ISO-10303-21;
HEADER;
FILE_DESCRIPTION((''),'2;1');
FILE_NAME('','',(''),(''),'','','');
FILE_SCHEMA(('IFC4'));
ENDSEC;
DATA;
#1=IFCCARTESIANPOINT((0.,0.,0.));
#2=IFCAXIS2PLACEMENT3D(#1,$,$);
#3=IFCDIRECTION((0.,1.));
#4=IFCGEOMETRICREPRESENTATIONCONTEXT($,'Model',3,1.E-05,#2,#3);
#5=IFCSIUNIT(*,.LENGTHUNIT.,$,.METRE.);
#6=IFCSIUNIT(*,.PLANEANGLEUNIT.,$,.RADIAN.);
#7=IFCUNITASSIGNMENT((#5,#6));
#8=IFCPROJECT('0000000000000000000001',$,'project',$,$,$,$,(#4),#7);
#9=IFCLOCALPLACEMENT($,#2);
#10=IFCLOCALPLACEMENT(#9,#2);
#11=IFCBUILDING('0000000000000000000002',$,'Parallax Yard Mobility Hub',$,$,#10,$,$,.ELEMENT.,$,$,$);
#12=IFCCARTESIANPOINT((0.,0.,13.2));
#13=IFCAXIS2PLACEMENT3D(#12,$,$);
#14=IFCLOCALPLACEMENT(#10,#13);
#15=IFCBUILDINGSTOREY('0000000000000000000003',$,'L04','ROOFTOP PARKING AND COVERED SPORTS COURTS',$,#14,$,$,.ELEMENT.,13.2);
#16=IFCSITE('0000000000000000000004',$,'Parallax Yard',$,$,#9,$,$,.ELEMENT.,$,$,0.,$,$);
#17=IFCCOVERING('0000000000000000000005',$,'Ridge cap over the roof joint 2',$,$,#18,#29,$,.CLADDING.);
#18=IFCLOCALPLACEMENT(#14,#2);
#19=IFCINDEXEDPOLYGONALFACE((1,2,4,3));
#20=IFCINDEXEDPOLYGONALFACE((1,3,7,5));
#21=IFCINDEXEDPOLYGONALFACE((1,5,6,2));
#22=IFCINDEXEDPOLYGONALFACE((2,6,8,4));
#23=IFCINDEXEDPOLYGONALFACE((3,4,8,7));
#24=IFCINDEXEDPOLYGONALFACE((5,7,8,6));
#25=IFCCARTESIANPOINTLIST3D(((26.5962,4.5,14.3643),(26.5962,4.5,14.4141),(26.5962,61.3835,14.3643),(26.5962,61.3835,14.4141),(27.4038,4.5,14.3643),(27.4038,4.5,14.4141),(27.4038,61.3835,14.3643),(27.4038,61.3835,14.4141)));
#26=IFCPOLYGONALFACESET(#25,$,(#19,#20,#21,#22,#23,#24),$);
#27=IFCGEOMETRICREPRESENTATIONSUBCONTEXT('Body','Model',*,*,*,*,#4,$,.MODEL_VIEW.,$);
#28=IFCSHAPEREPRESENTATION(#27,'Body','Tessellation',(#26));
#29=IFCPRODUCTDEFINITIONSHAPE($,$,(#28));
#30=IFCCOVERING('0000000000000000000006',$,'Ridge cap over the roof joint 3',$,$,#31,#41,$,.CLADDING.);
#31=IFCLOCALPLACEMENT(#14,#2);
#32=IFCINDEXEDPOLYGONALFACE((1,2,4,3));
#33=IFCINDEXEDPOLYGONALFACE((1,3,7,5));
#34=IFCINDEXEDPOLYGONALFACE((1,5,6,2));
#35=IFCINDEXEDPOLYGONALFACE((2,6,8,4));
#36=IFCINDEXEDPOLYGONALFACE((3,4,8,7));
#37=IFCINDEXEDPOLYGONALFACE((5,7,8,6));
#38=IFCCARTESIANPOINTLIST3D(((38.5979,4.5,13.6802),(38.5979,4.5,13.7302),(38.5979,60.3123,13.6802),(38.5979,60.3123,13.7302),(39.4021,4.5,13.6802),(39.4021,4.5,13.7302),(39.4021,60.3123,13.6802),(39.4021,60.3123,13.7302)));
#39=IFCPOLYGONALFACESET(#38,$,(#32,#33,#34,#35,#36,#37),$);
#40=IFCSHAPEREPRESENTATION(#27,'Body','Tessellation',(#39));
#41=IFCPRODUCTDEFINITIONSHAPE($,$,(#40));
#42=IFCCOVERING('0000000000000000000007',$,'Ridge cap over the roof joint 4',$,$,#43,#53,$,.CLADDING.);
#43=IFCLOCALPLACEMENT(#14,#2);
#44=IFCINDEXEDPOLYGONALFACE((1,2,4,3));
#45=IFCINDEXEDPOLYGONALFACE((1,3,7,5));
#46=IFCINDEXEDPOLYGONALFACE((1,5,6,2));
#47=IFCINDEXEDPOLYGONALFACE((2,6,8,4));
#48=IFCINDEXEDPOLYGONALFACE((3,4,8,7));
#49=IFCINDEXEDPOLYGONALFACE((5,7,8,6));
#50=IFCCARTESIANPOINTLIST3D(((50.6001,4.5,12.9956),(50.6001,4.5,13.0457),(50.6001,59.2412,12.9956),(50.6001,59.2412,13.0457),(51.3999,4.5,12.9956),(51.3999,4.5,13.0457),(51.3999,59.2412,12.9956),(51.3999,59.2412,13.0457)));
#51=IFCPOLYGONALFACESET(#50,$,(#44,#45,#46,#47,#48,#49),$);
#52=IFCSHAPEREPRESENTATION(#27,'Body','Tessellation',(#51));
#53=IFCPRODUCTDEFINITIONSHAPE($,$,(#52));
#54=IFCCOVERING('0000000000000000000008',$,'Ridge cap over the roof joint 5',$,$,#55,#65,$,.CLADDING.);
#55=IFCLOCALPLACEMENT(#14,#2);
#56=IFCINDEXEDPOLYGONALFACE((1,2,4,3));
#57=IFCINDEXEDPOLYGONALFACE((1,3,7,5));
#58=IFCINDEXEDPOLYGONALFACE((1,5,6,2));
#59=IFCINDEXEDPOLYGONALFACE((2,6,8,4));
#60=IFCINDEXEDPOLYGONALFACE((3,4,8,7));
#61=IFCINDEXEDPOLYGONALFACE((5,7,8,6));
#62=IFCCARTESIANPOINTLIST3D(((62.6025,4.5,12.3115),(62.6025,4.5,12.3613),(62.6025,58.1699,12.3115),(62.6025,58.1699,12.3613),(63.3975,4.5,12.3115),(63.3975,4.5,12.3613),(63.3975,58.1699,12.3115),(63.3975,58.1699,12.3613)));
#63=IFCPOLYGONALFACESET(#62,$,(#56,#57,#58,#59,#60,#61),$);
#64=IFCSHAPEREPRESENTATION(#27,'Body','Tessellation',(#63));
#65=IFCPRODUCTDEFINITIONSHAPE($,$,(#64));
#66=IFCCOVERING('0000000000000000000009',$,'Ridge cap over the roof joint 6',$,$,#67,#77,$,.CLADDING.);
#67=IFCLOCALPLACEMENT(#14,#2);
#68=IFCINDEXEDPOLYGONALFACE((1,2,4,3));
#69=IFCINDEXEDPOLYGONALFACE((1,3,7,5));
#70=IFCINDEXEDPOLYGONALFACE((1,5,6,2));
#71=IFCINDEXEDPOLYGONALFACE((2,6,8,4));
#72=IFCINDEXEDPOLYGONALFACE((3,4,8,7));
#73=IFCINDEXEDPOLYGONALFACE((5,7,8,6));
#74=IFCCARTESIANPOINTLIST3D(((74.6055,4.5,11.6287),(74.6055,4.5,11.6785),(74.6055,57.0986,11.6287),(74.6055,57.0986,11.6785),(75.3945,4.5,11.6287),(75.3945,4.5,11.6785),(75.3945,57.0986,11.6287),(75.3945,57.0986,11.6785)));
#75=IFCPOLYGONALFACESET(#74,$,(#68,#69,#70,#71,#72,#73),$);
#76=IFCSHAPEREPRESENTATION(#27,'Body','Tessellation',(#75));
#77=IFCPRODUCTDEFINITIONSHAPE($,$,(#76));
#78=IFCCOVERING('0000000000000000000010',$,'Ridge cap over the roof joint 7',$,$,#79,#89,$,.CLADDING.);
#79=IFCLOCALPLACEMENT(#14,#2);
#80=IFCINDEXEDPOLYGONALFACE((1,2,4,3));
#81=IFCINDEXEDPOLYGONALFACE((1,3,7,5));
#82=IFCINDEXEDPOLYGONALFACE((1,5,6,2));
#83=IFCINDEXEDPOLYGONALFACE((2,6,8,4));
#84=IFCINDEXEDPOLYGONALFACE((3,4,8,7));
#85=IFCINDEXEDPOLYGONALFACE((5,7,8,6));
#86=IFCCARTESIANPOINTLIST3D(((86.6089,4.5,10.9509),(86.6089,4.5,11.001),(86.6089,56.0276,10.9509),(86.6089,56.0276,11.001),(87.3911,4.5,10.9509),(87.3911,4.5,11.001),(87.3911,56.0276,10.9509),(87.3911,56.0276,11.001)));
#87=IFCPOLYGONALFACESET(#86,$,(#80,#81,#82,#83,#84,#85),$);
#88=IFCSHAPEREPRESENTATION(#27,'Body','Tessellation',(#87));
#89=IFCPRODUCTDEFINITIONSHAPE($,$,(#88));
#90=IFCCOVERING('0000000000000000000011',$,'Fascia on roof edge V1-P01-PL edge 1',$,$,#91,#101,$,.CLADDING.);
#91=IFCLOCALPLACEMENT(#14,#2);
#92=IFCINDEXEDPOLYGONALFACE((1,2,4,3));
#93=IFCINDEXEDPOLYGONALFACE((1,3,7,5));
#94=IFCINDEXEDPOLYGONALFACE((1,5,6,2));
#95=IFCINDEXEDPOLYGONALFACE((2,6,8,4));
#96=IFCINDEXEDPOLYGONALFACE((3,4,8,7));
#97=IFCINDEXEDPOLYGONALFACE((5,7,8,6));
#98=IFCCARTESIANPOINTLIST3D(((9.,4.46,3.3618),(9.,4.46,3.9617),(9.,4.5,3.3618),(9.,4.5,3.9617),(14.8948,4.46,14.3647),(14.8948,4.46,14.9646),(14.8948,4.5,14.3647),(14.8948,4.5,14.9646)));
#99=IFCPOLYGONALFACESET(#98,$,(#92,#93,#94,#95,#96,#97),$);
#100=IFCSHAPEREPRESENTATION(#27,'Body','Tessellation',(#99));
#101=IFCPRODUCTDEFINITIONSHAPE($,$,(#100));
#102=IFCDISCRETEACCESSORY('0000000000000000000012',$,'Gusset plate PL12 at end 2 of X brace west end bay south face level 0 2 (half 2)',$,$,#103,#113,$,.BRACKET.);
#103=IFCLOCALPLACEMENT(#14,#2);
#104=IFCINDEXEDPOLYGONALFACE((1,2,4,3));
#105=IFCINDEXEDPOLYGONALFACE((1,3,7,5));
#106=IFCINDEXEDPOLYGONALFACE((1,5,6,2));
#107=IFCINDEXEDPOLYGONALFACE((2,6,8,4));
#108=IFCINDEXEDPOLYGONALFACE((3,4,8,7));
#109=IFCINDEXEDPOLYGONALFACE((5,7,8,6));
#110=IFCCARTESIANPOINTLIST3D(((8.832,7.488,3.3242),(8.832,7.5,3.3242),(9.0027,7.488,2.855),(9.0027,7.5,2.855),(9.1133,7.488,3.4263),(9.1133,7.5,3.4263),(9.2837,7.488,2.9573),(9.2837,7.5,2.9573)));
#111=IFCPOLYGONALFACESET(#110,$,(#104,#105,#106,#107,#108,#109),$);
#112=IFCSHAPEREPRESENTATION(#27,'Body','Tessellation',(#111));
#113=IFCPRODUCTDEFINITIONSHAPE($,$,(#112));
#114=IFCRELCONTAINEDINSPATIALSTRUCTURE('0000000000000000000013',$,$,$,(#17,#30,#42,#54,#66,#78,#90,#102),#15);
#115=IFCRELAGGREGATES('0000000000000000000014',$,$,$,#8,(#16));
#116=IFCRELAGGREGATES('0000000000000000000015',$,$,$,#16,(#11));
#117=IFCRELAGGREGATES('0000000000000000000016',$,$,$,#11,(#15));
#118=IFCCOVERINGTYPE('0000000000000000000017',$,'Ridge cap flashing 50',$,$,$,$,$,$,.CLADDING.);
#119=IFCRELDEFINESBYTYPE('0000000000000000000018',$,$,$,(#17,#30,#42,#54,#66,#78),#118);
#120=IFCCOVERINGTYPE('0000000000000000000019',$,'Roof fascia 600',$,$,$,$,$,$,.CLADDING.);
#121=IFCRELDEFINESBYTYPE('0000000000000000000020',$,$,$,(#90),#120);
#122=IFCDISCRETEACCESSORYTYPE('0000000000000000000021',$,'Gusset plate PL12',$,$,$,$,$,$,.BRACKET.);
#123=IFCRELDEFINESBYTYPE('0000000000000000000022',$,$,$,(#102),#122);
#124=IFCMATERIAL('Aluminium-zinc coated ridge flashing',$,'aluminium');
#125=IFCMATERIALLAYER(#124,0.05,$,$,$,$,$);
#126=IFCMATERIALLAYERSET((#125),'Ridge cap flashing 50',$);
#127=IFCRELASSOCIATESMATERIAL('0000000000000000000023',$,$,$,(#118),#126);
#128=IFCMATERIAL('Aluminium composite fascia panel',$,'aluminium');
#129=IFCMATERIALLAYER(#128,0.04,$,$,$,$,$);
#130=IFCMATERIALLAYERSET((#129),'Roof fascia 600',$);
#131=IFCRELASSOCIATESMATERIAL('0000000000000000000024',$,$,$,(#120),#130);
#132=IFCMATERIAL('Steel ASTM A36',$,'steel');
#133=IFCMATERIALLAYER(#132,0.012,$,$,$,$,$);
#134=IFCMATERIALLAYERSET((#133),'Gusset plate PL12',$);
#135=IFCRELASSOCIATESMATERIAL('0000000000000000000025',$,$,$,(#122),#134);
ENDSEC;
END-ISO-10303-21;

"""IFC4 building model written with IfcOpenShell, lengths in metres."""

from ifc_helpers import new_model, si_unit, direction, frame, origin, place, context, subcontext, project, spatial, polyline, outline, extrude, material, layer, layer_set, type_object, element, save


model = new_model("IFC4")

# Units and contexts
model_context = context("Model", 3, precision=1e-05, world=origin(), true_north=direction((0.0, 1.0)))
body_context = subcontext(model_context, "Body", "Model", "MODEL_VIEW")
ifc_project = project(units=[si_unit("LENGTHUNIT", "METRE"), si_unit("PLANEANGLEUNIT", "RADIAN")], contexts=[model_context])

# Site, building, storey
site_placement = place(None, origin())
site = spatial("IfcSite", under=ifc_project, at=site_placement, Name="Parallax Yard", CompositionType="ELEMENT", RefElevation=0.0)
building_placement = place(site_placement, origin())
building = spatial("IfcBuilding", under=site, at=building_placement, Name="Parallax Yard Mobility Hub", CompositionType="ELEMENT")
storey_placement = place(building_placement, frame((0.0, 0.0, 13.2)))
storey = spatial("IfcBuildingStorey", under=building, at=storey_placement, Name="L04", Description="ROOFTOP PARKING AND COVERED SPORTS COURTS", CompositionType="ELEMENT", Elevation=13.2)

# Coverings
ifc_material_1 = material(Name="Aluminium-zinc coated ridge flashing", Category="aluminium")
ifc_layer_1 = layer(ifc_material_1, 0.05)
ifc_layer_set_1 = layer_set([ifc_layer_1], Name="Ridge cap flashing 50")
covering_type_1 = type_object("IfcCoveringType", Name="Ridge cap flashing 50", PredefinedType="CLADDING", material=ifc_layer_set_1)
covering_1_placement = place(storey_placement, frame((0.0, 0.0, 14.3643)))
element("IfcCovering", 1, at=covering_1_placement, inside=storey, type_object=covering_type_1, Name="Ridge cap over the roof joint 2", PredefinedType="CLADDING", context=body_context, shape_type="SweptSolid", body=[
    extrude(outline(polyline([(26.5962, 4.5), (27.4038, 4.5), (27.4038, 61.3835), (26.5962, 61.3835), (26.5962, 4.5)])), origin(), (0.0, 0.0, 1.0), 0.0498),
])
covering_2_placement = place(storey_placement, frame((0.0, 0.0, 13.6802)))
element("IfcCovering", 2, at=covering_2_placement, inside=storey, type_object=covering_type_1, Name="Ridge cap over the roof joint 3", PredefinedType="CLADDING", context=body_context, shape_type="SweptSolid", body=[
    extrude(outline(polyline([(38.5979, 4.5), (39.4021, 4.5), (39.4021, 60.3123), (38.5979, 60.3123), (38.5979, 4.5)])), origin(), (0.0, 0.0, 1.0), 0.05),
])
covering_3_placement = place(storey_placement, frame((0.0, 0.0, 12.9956)))
element("IfcCovering", 3, at=covering_3_placement, inside=storey, type_object=covering_type_1, Name="Ridge cap over the roof joint 4", PredefinedType="CLADDING", context=body_context, shape_type="SweptSolid", body=[
    extrude(outline(polyline([(50.6001, 4.5), (51.3999, 4.5), (51.3999, 59.2412), (50.6001, 59.2412), (50.6001, 4.5)])), origin(), (0.0, 0.0, 1.0), 0.05),
])
covering_4_placement = place(storey_placement, frame((0.0, 0.0, 12.3115)))
element("IfcCovering", 4, at=covering_4_placement, inside=storey, type_object=covering_type_1, Name="Ridge cap over the roof joint 5", PredefinedType="CLADDING", context=body_context, shape_type="SweptSolid", body=[
    extrude(outline(polyline([(62.6025, 4.5), (63.3975, 4.5), (63.3975, 58.1699), (62.6025, 58.1699), (62.6025, 4.5)])), origin(), (0.0, 0.0, 1.0), 0.0498),
])
covering_5_placement = place(storey_placement, frame((0.0, 0.0, 11.6287)))
element("IfcCovering", 5, at=covering_5_placement, inside=storey, type_object=covering_type_1, Name="Ridge cap over the roof joint 6", PredefinedType="CLADDING", context=body_context, shape_type="SweptSolid", body=[
    extrude(outline(polyline([(74.6055, 4.5), (75.3945, 4.5), (75.3945, 57.0986), (74.6055, 57.0986), (74.6055, 4.5)])), origin(), (0.0, 0.0, 1.0), 0.0498),
])
covering_6_placement = place(storey_placement, frame((0.0, 0.0, 10.9509)))
element("IfcCovering", 6, at=covering_6_placement, inside=storey, type_object=covering_type_1, Name="Ridge cap over the roof joint 7", PredefinedType="CLADDING", context=body_context, shape_type="SweptSolid", body=[
    extrude(outline(polyline([(86.6089, 4.5), (87.3911, 4.5), (87.3911, 56.0276), (86.6089, 56.0276), (86.6089, 4.5)])), origin(), (0.0, 0.0, 1.0), 0.05),
])
ifc_material_2 = material(Name="Aluminium composite fascia panel", Category="aluminium")
ifc_layer_2 = layer(ifc_material_2, 0.04)
ifc_layer_set_2 = layer_set([ifc_layer_2], Name="Roof fascia 600")
covering_type_2 = type_object("IfcCoveringType", Name="Roof fascia 600", PredefinedType="CLADDING", material=ifc_layer_set_2)
covering_7_placement = place(storey_placement, frame((9.0, 4.5, 3.9617), z_axis=(0.0, 1.0, 0.0), x_axis=(0.472243, 0.0, 0.881468)))
element("IfcCovering", 7, at=covering_7_placement, inside=storey, type_object=covering_type_2, Name="Fascia on roof edge V1-P01-PL edge 1", PredefinedType="CLADDING", context=body_context, shape_type="SweptSolid", body=[
    extrude(outline(polyline([(0.0, 0.0), (12.4825, 0.0), (11.9537, 0.2833), (-0.5288, 0.2833), (0.0, 0.0)])), origin(), (0.0, 0.0, -1.0), 0.04),
])

# Discrete accessory
ifc_material_3 = material(Name="Steel ASTM A36", Category="steel")
ifc_layer_3 = layer(ifc_material_3, 0.012)
ifc_layer_set_3 = layer_set([ifc_layer_3], Name="Gusset plate PL12")
discrete_accessory_type = type_object("IfcDiscreteAccessoryType", Name="Gusset plate PL12", PredefinedType="BRACKET", material=ifc_layer_set_3)
discrete_accessory_placement = place(storey_placement, frame((9.0027, 7.5, 2.855), z_axis=(0.0, 1.0, 0.0), x_axis=(-0.341782, 0.0, 0.939779)))
element("IfcDiscreteAccessory", 8, at=discrete_accessory_placement, inside=storey, type_object=discrete_accessory_type, Name="Gusset plate PL12 at end 2 of X brace west end bay south face level 0 2 (half 2)", PredefinedType="BRACKET", context=body_context, shape_type="SweptSolid", body=[
    extrude(outline(polyline([(0.0, 0.0), (0.4993, 0.0), (0.4991, 0.2992), (0.0001, 0.299), (0.0, 0.0)])), origin(), (0.0, 0.0, -1.0), 0.012),
])

save(model, "model.ifc")
